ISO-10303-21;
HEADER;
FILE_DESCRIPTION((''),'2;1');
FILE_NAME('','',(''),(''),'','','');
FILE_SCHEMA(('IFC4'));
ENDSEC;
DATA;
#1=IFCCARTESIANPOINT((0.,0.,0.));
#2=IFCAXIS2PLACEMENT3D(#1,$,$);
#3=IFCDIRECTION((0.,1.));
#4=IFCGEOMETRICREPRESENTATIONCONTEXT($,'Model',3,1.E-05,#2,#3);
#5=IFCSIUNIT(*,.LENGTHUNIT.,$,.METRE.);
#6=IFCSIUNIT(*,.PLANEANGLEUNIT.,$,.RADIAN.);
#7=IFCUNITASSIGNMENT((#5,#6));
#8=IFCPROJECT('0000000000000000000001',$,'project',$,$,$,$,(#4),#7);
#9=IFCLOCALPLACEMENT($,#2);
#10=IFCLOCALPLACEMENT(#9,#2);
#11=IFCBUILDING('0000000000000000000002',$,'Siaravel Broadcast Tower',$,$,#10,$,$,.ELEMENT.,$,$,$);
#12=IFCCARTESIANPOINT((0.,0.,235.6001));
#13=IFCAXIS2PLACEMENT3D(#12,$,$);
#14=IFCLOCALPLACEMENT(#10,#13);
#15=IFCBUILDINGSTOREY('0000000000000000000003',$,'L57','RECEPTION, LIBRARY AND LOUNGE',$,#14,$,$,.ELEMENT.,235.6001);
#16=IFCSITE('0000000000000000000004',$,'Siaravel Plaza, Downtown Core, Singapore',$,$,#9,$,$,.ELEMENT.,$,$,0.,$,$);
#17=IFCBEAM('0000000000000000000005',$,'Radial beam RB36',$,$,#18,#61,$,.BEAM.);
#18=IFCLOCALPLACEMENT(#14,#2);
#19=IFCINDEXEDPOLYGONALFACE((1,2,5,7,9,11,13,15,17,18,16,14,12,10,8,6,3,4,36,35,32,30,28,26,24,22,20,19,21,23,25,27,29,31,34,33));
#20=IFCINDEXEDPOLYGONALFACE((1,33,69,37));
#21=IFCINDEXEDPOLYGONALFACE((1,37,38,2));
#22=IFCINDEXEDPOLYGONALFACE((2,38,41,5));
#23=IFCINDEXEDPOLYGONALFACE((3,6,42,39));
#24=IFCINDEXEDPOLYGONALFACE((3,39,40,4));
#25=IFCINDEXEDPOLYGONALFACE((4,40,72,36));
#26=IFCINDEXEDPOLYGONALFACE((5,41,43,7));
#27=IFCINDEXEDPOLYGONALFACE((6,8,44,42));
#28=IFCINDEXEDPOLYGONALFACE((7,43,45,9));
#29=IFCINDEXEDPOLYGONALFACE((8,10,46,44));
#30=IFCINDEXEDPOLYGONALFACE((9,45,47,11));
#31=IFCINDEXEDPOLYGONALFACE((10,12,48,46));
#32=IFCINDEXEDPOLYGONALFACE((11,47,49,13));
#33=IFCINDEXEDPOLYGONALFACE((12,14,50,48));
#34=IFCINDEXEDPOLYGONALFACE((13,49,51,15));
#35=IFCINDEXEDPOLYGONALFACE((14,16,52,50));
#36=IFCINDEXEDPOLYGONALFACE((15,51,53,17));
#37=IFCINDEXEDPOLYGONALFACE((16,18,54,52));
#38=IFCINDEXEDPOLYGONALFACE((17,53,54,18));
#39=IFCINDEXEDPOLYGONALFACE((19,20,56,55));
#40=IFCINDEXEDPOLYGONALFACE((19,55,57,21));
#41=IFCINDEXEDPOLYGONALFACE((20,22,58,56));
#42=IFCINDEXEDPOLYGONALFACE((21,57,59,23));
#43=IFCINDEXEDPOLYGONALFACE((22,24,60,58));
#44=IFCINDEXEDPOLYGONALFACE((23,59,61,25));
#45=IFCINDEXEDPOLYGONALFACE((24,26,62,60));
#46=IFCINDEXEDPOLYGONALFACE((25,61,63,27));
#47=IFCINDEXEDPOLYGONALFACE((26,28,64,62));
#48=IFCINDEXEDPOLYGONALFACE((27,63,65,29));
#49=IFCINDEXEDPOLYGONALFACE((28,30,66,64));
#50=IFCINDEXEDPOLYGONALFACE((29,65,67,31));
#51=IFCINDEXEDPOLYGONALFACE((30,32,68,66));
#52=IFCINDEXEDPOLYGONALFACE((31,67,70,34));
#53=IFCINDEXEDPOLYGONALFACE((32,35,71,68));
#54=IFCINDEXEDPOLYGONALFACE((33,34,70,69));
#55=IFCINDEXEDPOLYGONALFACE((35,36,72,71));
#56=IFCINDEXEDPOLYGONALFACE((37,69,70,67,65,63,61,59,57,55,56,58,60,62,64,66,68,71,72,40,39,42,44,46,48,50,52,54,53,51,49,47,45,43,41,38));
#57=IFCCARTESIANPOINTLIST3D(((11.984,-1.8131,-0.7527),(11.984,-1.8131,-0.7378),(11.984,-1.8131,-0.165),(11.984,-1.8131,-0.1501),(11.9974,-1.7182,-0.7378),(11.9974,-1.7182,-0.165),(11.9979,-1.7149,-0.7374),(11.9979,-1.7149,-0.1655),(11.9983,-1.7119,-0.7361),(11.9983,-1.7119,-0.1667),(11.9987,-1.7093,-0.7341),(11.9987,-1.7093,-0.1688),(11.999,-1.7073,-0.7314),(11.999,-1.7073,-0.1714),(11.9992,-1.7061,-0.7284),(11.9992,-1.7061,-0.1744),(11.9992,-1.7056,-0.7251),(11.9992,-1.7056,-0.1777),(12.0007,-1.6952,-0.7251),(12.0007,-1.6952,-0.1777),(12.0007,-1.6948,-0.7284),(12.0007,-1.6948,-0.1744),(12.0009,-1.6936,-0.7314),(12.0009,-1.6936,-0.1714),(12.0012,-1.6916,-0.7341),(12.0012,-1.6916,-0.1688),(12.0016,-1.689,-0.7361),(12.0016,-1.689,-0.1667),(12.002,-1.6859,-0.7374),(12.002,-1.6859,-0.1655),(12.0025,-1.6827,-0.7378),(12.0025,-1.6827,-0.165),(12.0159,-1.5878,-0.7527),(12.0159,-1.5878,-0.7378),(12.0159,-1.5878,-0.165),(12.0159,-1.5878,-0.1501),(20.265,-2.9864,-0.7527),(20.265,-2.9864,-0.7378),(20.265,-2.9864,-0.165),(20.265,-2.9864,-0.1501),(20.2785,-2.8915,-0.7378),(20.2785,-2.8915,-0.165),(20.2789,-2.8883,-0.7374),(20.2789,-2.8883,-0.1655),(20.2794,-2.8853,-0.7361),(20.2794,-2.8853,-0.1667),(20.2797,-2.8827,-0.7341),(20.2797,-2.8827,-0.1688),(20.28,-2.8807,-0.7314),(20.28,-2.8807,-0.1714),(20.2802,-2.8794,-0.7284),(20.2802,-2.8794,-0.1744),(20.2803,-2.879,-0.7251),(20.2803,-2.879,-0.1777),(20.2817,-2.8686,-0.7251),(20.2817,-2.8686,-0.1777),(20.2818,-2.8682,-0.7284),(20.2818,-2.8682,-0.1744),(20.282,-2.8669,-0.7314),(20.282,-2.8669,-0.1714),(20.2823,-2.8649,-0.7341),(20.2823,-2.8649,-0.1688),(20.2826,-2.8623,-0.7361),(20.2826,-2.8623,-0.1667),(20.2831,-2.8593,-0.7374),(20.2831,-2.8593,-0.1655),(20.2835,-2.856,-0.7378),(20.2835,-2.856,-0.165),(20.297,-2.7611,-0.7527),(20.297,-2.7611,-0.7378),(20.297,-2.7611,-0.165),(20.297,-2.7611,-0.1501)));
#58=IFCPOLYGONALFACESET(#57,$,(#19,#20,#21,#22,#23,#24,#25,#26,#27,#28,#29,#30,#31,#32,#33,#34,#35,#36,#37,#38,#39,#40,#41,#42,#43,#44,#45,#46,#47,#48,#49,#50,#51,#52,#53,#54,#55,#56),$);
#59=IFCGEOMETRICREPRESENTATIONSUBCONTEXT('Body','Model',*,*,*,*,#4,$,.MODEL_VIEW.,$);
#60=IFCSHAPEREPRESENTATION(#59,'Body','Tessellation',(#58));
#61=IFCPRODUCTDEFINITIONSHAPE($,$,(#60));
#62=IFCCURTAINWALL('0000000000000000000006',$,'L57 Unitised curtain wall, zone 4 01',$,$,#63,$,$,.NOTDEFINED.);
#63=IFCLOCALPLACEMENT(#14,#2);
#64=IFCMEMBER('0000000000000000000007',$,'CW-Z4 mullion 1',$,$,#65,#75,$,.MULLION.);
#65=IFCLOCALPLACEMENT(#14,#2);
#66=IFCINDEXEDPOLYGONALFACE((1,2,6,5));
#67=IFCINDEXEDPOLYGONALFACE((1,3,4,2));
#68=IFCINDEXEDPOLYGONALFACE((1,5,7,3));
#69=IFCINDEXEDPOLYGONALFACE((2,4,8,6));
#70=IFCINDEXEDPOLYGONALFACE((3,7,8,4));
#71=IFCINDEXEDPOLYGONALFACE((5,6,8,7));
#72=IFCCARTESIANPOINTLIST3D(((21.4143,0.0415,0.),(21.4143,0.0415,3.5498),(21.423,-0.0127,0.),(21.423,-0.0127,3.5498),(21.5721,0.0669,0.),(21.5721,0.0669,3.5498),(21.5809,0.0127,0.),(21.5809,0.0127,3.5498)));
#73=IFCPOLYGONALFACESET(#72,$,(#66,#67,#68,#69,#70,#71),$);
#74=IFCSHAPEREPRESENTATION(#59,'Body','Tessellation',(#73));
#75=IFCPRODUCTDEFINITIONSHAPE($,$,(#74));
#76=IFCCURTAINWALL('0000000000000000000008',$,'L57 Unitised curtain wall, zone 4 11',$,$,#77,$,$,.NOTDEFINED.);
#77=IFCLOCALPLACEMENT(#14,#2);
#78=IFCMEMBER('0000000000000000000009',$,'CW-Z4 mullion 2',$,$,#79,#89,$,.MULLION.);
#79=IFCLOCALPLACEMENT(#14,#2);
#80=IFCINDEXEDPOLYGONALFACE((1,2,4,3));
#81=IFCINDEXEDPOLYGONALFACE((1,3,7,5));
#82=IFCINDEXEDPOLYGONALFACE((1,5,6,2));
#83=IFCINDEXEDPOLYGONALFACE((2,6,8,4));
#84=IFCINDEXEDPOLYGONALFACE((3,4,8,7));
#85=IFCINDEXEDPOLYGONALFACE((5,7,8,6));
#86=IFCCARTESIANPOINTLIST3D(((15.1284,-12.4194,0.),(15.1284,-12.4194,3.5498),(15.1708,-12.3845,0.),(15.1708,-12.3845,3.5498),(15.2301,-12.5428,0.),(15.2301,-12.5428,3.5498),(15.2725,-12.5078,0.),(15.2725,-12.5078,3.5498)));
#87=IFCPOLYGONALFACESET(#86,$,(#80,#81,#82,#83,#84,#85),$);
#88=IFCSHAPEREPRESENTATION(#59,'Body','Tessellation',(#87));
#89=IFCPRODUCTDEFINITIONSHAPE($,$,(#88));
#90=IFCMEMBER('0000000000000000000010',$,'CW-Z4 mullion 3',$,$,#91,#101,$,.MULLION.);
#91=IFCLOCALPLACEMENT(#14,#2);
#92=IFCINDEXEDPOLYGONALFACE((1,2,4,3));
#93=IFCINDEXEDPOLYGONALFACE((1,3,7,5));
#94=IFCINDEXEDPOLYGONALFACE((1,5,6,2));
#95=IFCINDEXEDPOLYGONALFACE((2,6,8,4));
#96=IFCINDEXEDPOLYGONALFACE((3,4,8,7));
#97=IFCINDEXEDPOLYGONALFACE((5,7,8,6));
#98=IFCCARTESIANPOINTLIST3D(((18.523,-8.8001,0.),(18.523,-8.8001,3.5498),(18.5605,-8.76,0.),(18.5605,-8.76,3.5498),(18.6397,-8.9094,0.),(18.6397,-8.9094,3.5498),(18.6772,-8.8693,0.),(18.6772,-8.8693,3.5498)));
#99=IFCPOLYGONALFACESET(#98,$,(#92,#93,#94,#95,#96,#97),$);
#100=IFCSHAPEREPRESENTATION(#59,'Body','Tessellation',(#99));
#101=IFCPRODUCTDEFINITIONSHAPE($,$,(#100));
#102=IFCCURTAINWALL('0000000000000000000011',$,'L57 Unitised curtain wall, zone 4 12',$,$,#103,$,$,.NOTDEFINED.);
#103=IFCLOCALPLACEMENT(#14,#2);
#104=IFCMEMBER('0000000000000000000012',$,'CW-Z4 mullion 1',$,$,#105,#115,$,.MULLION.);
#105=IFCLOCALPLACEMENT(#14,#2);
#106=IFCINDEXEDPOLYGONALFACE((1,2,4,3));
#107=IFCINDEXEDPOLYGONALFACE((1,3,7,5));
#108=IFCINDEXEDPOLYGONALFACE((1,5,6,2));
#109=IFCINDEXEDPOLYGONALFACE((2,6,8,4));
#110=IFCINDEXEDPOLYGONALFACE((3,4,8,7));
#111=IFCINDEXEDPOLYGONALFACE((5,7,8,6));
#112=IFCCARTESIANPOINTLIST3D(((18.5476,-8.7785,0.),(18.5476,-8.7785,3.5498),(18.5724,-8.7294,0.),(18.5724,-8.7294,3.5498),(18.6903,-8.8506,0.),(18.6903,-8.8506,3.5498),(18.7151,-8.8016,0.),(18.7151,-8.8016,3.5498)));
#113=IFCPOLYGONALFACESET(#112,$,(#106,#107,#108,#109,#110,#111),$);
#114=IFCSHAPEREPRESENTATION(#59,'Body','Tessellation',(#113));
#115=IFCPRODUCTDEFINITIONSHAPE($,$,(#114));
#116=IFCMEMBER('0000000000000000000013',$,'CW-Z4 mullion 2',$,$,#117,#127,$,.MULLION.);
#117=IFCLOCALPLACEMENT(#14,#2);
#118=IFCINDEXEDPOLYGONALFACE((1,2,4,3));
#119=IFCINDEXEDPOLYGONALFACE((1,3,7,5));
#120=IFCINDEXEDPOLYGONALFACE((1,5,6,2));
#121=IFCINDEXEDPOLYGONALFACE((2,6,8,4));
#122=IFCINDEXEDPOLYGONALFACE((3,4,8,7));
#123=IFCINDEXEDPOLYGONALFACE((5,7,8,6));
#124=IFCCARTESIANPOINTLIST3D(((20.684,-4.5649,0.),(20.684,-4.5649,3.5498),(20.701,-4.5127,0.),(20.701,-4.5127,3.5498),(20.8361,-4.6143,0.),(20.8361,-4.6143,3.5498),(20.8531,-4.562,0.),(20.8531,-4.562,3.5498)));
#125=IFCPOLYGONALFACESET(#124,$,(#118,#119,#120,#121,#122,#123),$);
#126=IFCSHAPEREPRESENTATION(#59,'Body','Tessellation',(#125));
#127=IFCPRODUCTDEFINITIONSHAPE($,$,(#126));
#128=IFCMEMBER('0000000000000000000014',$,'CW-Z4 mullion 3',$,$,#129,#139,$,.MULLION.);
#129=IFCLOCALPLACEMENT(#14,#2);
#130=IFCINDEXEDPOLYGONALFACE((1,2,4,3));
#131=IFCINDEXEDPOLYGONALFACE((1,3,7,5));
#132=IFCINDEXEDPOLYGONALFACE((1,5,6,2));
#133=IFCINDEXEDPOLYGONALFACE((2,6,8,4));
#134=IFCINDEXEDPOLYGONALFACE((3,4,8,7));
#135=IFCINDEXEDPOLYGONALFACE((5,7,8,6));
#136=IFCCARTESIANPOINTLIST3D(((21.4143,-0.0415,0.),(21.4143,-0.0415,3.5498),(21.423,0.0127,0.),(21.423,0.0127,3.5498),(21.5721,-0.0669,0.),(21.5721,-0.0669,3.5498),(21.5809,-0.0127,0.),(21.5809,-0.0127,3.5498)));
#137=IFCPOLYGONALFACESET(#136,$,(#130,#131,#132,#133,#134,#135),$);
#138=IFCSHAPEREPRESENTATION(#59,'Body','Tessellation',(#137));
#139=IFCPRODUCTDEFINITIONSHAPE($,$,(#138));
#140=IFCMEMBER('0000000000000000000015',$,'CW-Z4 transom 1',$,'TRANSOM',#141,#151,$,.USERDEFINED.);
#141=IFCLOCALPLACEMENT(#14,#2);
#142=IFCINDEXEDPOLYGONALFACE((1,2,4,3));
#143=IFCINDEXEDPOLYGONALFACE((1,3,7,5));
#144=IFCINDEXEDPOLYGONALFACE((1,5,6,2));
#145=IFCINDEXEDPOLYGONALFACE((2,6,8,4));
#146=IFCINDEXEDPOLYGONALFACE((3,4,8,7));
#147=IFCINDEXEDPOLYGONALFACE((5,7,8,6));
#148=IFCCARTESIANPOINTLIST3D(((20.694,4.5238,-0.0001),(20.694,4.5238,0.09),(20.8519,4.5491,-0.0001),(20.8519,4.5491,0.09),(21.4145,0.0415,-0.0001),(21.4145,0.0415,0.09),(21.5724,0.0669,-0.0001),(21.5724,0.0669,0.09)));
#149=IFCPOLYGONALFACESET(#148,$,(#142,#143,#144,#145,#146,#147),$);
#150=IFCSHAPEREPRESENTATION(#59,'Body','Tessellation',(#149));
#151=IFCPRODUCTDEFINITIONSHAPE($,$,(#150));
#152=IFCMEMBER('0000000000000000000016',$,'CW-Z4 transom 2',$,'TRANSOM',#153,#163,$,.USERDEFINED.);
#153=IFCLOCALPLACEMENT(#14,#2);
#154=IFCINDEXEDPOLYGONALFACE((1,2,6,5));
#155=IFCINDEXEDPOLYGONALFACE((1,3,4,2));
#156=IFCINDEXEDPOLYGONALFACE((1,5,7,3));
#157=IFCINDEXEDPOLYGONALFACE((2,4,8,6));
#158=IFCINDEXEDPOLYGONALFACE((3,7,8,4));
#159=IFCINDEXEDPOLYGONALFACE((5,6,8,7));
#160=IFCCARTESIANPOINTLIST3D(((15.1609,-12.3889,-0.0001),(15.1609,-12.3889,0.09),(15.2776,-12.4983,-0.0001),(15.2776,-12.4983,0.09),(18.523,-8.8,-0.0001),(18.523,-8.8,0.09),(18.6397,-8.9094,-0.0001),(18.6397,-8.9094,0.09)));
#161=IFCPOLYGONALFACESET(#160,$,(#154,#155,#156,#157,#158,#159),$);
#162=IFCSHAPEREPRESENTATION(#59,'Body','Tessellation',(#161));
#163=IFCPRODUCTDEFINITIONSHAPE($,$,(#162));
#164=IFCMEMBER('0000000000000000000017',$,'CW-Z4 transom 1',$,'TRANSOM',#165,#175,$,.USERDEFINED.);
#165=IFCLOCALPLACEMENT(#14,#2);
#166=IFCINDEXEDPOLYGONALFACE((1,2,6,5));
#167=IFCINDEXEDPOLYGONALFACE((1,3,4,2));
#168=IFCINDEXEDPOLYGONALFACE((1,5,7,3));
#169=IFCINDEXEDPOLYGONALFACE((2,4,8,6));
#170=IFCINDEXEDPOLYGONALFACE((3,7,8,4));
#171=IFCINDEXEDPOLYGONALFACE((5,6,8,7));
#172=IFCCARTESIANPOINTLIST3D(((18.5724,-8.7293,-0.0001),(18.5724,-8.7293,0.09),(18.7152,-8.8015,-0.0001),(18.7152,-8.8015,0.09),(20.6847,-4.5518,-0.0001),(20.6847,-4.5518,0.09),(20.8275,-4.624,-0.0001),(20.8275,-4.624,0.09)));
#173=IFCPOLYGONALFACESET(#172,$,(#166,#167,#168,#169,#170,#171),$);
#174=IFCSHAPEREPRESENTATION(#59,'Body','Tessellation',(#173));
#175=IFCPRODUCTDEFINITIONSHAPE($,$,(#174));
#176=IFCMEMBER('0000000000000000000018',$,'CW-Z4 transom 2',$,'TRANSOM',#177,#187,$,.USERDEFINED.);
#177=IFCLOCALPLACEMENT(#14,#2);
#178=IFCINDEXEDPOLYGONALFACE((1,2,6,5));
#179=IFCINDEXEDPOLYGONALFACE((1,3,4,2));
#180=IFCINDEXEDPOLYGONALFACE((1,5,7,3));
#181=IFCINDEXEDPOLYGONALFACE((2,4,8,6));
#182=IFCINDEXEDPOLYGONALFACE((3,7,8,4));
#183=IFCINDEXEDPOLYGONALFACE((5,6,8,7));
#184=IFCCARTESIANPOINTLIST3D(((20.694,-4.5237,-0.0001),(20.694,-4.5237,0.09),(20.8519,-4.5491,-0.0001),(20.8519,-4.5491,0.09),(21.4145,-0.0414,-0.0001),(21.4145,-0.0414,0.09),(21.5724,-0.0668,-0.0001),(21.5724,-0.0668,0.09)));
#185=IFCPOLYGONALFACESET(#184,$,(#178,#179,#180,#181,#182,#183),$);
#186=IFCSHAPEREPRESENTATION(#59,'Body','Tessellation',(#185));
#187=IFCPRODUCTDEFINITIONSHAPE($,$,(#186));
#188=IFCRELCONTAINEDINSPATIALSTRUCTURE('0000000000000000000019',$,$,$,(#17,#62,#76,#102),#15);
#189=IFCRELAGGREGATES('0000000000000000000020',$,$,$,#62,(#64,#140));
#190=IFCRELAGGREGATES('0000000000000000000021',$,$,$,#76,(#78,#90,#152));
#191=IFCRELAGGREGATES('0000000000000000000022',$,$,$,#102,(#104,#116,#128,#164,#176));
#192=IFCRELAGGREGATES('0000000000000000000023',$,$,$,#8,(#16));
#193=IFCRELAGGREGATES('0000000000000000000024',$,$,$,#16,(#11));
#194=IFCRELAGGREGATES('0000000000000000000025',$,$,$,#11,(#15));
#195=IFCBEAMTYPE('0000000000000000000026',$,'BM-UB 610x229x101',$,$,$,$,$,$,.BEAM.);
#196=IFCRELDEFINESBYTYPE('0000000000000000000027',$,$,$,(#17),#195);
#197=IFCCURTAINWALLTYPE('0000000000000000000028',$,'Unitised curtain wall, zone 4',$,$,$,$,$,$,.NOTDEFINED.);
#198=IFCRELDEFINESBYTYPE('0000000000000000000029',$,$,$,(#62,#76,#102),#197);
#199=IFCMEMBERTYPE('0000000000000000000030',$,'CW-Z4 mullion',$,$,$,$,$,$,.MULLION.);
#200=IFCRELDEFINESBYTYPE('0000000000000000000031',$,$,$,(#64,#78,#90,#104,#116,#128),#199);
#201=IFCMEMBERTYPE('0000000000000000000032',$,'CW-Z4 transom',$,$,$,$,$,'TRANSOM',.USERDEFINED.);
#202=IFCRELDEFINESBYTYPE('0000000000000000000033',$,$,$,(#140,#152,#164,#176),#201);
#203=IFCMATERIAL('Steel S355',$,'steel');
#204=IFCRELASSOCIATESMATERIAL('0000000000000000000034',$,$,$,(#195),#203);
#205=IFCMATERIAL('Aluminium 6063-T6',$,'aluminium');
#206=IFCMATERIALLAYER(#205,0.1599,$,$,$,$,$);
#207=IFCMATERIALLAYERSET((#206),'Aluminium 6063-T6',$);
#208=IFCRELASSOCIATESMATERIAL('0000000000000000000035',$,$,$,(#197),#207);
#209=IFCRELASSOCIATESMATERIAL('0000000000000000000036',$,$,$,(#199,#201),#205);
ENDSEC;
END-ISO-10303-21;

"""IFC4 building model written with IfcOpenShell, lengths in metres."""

from ifc_helpers import new_model, si_unit, direction, frame, origin, origin_2d, place, context, subcontext, project, spatial, rectangle, i_section, extrude, material, layer, layer_set, material_profile, profile_set, type_object, element, aggregate, save


model = new_model("IFC4")

# Units and contexts
model_context = context("Model", 3, precision=1e-05, world=origin(), true_north=direction((0.0, 1.0)))
body_context = subcontext(model_context, "Body", "Model", "MODEL_VIEW")
ifc_project = project(units=[si_unit("LENGTHUNIT", "METRE"), si_unit("PLANEANGLEUNIT", "RADIAN")], contexts=[model_context])

# Site, building, storey
site_placement = place(None, origin())
site = spatial("IfcSite", under=ifc_project, at=site_placement, Name="Siaravel Plaza, Downtown Core, Singapore", CompositionType="ELEMENT", RefElevation=0.0)
building_placement = place(site_placement, origin())
building = spatial("IfcBuilding", under=site, at=building_placement, Name="Siaravel Broadcast Tower", CompositionType="ELEMENT")
storey_placement = place(building_placement, frame((0.0, 0.0, 235.6001)))
storey = spatial("IfcBuildingStorey", under=building, at=storey_placement, Name="L57", Description="RECEPTION, LIBRARY AND LOUNGE", CompositionType="ELEMENT", Elevation=235.6001)

# Beam
ifc_material_1 = material(Name="Steel S355", Category="steel")
ifc_material_profile_1 = material_profile(ifc_material_1, i_section(OverallWidth=0.2275, OverallDepth=0.6025, WebThickness=0.0105, FlangeThickness=0.0149, FilletRadius=0.0127, at=origin_2d()))
ifc_profile_set_1 = profile_set([ifc_material_profile_1], Name="Steel S355")
beam_type = type_object("IfcBeamType", Name="BM-UB 610x229x101", PredefinedType="BEAM", material=ifc_profile_set_1)
beam_1_placement = place(storey_placement, frame((20.281, -2.8738, -0.4514), z_axis=(-0.990111, 0.140289, 0.0), x_axis=(-0.140289, -0.990111, 0.0)))
element("IfcBeam", 1, at=beam_1_placement, inside=storey, type_object=beam_type, Name="Radial beam RB36", PredefinedType="BEAM", context=body_context, shape_type="SweptSolid", body=[
    extrude(i_section(OverallWidth=0.2275, OverallDepth=0.6025, WebThickness=0.0105, FlangeThickness=0.0149, FilletRadius=0.0127, at=origin_2d()), origin(), (0.0, 0.0, 1.0), 8.3638),
])

# Curtain wall, member
ifc_material_2 = material(Name="Aluminium 6063-T6", Category="aluminium")
ifc_layer_1 = layer(ifc_material_2, 0.1599)
ifc_layer_set_1 = layer_set([ifc_layer_1], Name="Aluminium 6063-T6")
curtain_wall_type = type_object("IfcCurtainWallType", Name="Unitised curtain wall, zone 4", PredefinedType="NOTDEFINED", material=ifc_layer_set_1)
curtain_wall_1_placement = place(storey_placement, origin())
curtain_wall_1 = element("IfcCurtainWall", 2, at=curtain_wall_1_placement, inside=storey, type_object=curtain_wall_type, Name="L57 Unitised curtain wall, zone 4 01", PredefinedType="NOTDEFINED")
ifc_material_profile_2 = material_profile(ifc_material_2, rectangle(XDim=0.1599, YDim=0.0549, at=origin_2d()))
ifc_profile_set_2 = profile_set([ifc_material_profile_2], Name="Aluminium 6063-T6")
member_type_1 = type_object("IfcMemberType", Name="CW-Z4 mullion", PredefinedType="MULLION", material=ifc_profile_set_2)
member_1_placement = place(storey_placement, frame((21.4976, 0.0271, 0.0), z_axis=(0.0, 0.0, 1.0), x_axis=(-0.987329, -0.158685, 0.0)))
member_1 = element("IfcMember", 3, at=member_1_placement, type_object=member_type_1, Name="CW-Z4 mullion 1", PredefinedType="MULLION", context=body_context, shape_type="SweptSolid", body=[
    extrude(rectangle(XDim=0.1599, YDim=0.0549, at=origin_2d()), origin(), (0.0, 0.0, 1.0), 3.5498),
])

# Curtain walls, members
curtain_wall_2_placement = place(storey_placement, origin())
curtain_wall_2 = element("IfcCurtainWall", 4, at=curtain_wall_2_placement, inside=storey, type_object=curtain_wall_type, Name="L57 Unitised curtain wall, zone 4 11", PredefinedType="NOTDEFINED")
member_2_placement = place(storey_placement, frame((15.2004, -12.4636, 0.0), z_axis=(0.0, 0.0, 1.0), x_axis=(-0.63622, 0.771508, 0.0)))
member_2 = element("IfcMember", 5, at=member_2_placement, type_object=member_type_1, Name="CW-Z4 mullion 2", PredefinedType="MULLION", context=body_context, shape_type="SweptSolid", body=[
    extrude(rectangle(XDim=0.1599, YDim=0.0549, at=origin_2d()), origin(), (0.0, 0.0, 1.0), 3.5498),
])
member_3_placement = place(storey_placement, frame((18.6001, -8.8347, 0.0), z_axis=(0.0, 0.0, 1.0), x_axis=(-0.729806, 0.683654, 0.0)))
member_3 = element("IfcMember", 6, at=member_3_placement, type_object=member_type_1, Name="CW-Z4 mullion 3", PredefinedType="MULLION", context=body_context, shape_type="SweptSolid", body=[
    extrude(rectangle(XDim=0.1599, YDim=0.0549, at=origin_2d()), origin(), (0.0, 0.0, 1.0), 3.5498),
])
curtain_wall_3_placement = place(storey_placement, origin())
curtain_wall_3 = element("IfcCurtainWall", 7, at=curtain_wall_3_placement, inside=storey, type_object=curtain_wall_type, Name="L57 Unitised curtain wall, zone 4 12", PredefinedType="NOTDEFINED")
member_4_placement = place(storey_placement, frame((18.6313, -8.79, 0.0), z_axis=(0.0, 0.0, 1.0), x_axis=(-0.892393, 0.451259, 0.0)))
member_4 = element("IfcMember", 8, at=member_4_placement, type_object=member_type_1, Name="CW-Z4 mullion 1", PredefinedType="MULLION", context=body_context, shape_type="SweptSolid", body=[
    extrude(rectangle(XDim=0.1599, YDim=0.0549, at=origin_2d()), origin(), (0.0, 0.0, 1.0), 3.5498),
])
member_5_placement = place(storey_placement, frame((20.7686, -4.5635, 0.0), z_axis=(0.0, 0.0, 1.0), x_axis=(-0.951178, 0.308644, 0.0)))
member_5 = element("IfcMember", 9, at=member_5_placement, type_object=member_type_1, Name="CW-Z4 mullion 2", PredefinedType="MULLION", context=body_context, shape_type="SweptSolid", body=[
    extrude(rectangle(XDim=0.1599, YDim=0.0549, at=origin_2d()), origin(), (0.0, 0.0, 1.0), 3.5498),
])
member_6_placement = place(storey_placement, frame((21.4976, -0.0271, 0.0), z_axis=(0.0, 0.0, 1.0), x_axis=(-0.987329, 0.158685, 0.0)))
member_6 = element("IfcMember", 10, at=member_6_placement, type_object=member_type_1, Name="CW-Z4 mullion 3", PredefinedType="MULLION", context=body_context, shape_type="SweptSolid", body=[
    extrude(rectangle(XDim=0.1599, YDim=0.0549, at=origin_2d()), origin(), (0.0, 0.0, 1.0), 3.5498),
])

# Members
ifc_material_profile_3 = material_profile(ifc_material_2, rectangle(XDim=0.1599, YDim=0.0901, at=origin_2d()))
ifc_profile_set_3 = profile_set([ifc_material_profile_3], Name="Aluminium 6063-T6")
member_type_2 = type_object("IfcMemberType", Name="CW-Z4 transom", ElementType="TRANSOM", PredefinedType="USERDEFINED", material=ifc_profile_set_3)
member_7_placement = place(storey_placement, frame((21.4934, 0.0542, 0.0449), z_axis=(-0.158701, 0.987327, 0.0), x_axis=(-0.987327, -0.158701, 0.0)))
member_7 = element("IfcMember", 11, at=member_7_placement, type_object=member_type_2, Name="CW-Z4 transom 1", ObjectType="TRANSOM", PredefinedType="USERDEFINED", context=body_context, shape_type="SweptSolid", body=[
    extrude(rectangle(XDim=0.1599, YDim=0.0901, at=origin_2d()), origin(), (0.0, 0.0, 1.0), 4.5398),
])
aggregate(curtain_wall_1, [member_1, member_7])
member_8_placement = place(storey_placement, frame((15.2192, -12.4436, 0.0449), z_axis=(0.68367, 0.729791, 0.0), x_axis=(-0.729791, 0.68367, 0.0)))
member_8 = element("IfcMember", 12, at=member_8_placement, type_object=member_type_2, Name="CW-Z4 transom 2", ObjectType="TRANSOM", PredefinedType="USERDEFINED", context=body_context, shape_type="SweptSolid", body=[
    extrude(rectangle(XDim=0.1599, YDim=0.0901, at=origin_2d()), origin(), (0.0, 0.0, 1.0), 4.9177),
])
member_9_placement = place(storey_placement, frame((18.6438, -8.7654, 0.0449), z_axis=(0.451235, 0.892405, 0.0), x_axis=(-0.892405, 0.451235, 0.0)))
member_9 = element("IfcMember", 13, at=member_9_placement, type_object=member_type_2, Name="CW-Z4 transom 1", ObjectType="TRANSOM", PredefinedType="USERDEFINED", context=body_context, shape_type="SweptSolid", body=[
    extrude(rectangle(XDim=0.1599, YDim=0.0901, at=origin_2d()), origin(), (0.0, 0.0, 1.0), 4.6812),
])
member_10_placement = place(storey_placement, frame((20.7729, -4.5364, 0.0449), z_axis=(0.158701, 0.987327, 0.0), x_axis=(-0.987327, 0.158701, 0.0)))
member_10 = element("IfcMember", 14, at=member_10_placement, type_object=member_type_2, Name="CW-Z4 transom 2", ObjectType="TRANSOM", PredefinedType="USERDEFINED", context=body_context, shape_type="SweptSolid", body=[
    extrude(rectangle(XDim=0.1599, YDim=0.0901, at=origin_2d()), origin(), (0.0, 0.0, 1.0), 4.5398),
])

aggregate(curtain_wall_2, [member_2, member_3, member_8])
aggregate(curtain_wall_3, [member_4, member_5, member_6, member_9, member_10])

save(model, "model.ifc")
